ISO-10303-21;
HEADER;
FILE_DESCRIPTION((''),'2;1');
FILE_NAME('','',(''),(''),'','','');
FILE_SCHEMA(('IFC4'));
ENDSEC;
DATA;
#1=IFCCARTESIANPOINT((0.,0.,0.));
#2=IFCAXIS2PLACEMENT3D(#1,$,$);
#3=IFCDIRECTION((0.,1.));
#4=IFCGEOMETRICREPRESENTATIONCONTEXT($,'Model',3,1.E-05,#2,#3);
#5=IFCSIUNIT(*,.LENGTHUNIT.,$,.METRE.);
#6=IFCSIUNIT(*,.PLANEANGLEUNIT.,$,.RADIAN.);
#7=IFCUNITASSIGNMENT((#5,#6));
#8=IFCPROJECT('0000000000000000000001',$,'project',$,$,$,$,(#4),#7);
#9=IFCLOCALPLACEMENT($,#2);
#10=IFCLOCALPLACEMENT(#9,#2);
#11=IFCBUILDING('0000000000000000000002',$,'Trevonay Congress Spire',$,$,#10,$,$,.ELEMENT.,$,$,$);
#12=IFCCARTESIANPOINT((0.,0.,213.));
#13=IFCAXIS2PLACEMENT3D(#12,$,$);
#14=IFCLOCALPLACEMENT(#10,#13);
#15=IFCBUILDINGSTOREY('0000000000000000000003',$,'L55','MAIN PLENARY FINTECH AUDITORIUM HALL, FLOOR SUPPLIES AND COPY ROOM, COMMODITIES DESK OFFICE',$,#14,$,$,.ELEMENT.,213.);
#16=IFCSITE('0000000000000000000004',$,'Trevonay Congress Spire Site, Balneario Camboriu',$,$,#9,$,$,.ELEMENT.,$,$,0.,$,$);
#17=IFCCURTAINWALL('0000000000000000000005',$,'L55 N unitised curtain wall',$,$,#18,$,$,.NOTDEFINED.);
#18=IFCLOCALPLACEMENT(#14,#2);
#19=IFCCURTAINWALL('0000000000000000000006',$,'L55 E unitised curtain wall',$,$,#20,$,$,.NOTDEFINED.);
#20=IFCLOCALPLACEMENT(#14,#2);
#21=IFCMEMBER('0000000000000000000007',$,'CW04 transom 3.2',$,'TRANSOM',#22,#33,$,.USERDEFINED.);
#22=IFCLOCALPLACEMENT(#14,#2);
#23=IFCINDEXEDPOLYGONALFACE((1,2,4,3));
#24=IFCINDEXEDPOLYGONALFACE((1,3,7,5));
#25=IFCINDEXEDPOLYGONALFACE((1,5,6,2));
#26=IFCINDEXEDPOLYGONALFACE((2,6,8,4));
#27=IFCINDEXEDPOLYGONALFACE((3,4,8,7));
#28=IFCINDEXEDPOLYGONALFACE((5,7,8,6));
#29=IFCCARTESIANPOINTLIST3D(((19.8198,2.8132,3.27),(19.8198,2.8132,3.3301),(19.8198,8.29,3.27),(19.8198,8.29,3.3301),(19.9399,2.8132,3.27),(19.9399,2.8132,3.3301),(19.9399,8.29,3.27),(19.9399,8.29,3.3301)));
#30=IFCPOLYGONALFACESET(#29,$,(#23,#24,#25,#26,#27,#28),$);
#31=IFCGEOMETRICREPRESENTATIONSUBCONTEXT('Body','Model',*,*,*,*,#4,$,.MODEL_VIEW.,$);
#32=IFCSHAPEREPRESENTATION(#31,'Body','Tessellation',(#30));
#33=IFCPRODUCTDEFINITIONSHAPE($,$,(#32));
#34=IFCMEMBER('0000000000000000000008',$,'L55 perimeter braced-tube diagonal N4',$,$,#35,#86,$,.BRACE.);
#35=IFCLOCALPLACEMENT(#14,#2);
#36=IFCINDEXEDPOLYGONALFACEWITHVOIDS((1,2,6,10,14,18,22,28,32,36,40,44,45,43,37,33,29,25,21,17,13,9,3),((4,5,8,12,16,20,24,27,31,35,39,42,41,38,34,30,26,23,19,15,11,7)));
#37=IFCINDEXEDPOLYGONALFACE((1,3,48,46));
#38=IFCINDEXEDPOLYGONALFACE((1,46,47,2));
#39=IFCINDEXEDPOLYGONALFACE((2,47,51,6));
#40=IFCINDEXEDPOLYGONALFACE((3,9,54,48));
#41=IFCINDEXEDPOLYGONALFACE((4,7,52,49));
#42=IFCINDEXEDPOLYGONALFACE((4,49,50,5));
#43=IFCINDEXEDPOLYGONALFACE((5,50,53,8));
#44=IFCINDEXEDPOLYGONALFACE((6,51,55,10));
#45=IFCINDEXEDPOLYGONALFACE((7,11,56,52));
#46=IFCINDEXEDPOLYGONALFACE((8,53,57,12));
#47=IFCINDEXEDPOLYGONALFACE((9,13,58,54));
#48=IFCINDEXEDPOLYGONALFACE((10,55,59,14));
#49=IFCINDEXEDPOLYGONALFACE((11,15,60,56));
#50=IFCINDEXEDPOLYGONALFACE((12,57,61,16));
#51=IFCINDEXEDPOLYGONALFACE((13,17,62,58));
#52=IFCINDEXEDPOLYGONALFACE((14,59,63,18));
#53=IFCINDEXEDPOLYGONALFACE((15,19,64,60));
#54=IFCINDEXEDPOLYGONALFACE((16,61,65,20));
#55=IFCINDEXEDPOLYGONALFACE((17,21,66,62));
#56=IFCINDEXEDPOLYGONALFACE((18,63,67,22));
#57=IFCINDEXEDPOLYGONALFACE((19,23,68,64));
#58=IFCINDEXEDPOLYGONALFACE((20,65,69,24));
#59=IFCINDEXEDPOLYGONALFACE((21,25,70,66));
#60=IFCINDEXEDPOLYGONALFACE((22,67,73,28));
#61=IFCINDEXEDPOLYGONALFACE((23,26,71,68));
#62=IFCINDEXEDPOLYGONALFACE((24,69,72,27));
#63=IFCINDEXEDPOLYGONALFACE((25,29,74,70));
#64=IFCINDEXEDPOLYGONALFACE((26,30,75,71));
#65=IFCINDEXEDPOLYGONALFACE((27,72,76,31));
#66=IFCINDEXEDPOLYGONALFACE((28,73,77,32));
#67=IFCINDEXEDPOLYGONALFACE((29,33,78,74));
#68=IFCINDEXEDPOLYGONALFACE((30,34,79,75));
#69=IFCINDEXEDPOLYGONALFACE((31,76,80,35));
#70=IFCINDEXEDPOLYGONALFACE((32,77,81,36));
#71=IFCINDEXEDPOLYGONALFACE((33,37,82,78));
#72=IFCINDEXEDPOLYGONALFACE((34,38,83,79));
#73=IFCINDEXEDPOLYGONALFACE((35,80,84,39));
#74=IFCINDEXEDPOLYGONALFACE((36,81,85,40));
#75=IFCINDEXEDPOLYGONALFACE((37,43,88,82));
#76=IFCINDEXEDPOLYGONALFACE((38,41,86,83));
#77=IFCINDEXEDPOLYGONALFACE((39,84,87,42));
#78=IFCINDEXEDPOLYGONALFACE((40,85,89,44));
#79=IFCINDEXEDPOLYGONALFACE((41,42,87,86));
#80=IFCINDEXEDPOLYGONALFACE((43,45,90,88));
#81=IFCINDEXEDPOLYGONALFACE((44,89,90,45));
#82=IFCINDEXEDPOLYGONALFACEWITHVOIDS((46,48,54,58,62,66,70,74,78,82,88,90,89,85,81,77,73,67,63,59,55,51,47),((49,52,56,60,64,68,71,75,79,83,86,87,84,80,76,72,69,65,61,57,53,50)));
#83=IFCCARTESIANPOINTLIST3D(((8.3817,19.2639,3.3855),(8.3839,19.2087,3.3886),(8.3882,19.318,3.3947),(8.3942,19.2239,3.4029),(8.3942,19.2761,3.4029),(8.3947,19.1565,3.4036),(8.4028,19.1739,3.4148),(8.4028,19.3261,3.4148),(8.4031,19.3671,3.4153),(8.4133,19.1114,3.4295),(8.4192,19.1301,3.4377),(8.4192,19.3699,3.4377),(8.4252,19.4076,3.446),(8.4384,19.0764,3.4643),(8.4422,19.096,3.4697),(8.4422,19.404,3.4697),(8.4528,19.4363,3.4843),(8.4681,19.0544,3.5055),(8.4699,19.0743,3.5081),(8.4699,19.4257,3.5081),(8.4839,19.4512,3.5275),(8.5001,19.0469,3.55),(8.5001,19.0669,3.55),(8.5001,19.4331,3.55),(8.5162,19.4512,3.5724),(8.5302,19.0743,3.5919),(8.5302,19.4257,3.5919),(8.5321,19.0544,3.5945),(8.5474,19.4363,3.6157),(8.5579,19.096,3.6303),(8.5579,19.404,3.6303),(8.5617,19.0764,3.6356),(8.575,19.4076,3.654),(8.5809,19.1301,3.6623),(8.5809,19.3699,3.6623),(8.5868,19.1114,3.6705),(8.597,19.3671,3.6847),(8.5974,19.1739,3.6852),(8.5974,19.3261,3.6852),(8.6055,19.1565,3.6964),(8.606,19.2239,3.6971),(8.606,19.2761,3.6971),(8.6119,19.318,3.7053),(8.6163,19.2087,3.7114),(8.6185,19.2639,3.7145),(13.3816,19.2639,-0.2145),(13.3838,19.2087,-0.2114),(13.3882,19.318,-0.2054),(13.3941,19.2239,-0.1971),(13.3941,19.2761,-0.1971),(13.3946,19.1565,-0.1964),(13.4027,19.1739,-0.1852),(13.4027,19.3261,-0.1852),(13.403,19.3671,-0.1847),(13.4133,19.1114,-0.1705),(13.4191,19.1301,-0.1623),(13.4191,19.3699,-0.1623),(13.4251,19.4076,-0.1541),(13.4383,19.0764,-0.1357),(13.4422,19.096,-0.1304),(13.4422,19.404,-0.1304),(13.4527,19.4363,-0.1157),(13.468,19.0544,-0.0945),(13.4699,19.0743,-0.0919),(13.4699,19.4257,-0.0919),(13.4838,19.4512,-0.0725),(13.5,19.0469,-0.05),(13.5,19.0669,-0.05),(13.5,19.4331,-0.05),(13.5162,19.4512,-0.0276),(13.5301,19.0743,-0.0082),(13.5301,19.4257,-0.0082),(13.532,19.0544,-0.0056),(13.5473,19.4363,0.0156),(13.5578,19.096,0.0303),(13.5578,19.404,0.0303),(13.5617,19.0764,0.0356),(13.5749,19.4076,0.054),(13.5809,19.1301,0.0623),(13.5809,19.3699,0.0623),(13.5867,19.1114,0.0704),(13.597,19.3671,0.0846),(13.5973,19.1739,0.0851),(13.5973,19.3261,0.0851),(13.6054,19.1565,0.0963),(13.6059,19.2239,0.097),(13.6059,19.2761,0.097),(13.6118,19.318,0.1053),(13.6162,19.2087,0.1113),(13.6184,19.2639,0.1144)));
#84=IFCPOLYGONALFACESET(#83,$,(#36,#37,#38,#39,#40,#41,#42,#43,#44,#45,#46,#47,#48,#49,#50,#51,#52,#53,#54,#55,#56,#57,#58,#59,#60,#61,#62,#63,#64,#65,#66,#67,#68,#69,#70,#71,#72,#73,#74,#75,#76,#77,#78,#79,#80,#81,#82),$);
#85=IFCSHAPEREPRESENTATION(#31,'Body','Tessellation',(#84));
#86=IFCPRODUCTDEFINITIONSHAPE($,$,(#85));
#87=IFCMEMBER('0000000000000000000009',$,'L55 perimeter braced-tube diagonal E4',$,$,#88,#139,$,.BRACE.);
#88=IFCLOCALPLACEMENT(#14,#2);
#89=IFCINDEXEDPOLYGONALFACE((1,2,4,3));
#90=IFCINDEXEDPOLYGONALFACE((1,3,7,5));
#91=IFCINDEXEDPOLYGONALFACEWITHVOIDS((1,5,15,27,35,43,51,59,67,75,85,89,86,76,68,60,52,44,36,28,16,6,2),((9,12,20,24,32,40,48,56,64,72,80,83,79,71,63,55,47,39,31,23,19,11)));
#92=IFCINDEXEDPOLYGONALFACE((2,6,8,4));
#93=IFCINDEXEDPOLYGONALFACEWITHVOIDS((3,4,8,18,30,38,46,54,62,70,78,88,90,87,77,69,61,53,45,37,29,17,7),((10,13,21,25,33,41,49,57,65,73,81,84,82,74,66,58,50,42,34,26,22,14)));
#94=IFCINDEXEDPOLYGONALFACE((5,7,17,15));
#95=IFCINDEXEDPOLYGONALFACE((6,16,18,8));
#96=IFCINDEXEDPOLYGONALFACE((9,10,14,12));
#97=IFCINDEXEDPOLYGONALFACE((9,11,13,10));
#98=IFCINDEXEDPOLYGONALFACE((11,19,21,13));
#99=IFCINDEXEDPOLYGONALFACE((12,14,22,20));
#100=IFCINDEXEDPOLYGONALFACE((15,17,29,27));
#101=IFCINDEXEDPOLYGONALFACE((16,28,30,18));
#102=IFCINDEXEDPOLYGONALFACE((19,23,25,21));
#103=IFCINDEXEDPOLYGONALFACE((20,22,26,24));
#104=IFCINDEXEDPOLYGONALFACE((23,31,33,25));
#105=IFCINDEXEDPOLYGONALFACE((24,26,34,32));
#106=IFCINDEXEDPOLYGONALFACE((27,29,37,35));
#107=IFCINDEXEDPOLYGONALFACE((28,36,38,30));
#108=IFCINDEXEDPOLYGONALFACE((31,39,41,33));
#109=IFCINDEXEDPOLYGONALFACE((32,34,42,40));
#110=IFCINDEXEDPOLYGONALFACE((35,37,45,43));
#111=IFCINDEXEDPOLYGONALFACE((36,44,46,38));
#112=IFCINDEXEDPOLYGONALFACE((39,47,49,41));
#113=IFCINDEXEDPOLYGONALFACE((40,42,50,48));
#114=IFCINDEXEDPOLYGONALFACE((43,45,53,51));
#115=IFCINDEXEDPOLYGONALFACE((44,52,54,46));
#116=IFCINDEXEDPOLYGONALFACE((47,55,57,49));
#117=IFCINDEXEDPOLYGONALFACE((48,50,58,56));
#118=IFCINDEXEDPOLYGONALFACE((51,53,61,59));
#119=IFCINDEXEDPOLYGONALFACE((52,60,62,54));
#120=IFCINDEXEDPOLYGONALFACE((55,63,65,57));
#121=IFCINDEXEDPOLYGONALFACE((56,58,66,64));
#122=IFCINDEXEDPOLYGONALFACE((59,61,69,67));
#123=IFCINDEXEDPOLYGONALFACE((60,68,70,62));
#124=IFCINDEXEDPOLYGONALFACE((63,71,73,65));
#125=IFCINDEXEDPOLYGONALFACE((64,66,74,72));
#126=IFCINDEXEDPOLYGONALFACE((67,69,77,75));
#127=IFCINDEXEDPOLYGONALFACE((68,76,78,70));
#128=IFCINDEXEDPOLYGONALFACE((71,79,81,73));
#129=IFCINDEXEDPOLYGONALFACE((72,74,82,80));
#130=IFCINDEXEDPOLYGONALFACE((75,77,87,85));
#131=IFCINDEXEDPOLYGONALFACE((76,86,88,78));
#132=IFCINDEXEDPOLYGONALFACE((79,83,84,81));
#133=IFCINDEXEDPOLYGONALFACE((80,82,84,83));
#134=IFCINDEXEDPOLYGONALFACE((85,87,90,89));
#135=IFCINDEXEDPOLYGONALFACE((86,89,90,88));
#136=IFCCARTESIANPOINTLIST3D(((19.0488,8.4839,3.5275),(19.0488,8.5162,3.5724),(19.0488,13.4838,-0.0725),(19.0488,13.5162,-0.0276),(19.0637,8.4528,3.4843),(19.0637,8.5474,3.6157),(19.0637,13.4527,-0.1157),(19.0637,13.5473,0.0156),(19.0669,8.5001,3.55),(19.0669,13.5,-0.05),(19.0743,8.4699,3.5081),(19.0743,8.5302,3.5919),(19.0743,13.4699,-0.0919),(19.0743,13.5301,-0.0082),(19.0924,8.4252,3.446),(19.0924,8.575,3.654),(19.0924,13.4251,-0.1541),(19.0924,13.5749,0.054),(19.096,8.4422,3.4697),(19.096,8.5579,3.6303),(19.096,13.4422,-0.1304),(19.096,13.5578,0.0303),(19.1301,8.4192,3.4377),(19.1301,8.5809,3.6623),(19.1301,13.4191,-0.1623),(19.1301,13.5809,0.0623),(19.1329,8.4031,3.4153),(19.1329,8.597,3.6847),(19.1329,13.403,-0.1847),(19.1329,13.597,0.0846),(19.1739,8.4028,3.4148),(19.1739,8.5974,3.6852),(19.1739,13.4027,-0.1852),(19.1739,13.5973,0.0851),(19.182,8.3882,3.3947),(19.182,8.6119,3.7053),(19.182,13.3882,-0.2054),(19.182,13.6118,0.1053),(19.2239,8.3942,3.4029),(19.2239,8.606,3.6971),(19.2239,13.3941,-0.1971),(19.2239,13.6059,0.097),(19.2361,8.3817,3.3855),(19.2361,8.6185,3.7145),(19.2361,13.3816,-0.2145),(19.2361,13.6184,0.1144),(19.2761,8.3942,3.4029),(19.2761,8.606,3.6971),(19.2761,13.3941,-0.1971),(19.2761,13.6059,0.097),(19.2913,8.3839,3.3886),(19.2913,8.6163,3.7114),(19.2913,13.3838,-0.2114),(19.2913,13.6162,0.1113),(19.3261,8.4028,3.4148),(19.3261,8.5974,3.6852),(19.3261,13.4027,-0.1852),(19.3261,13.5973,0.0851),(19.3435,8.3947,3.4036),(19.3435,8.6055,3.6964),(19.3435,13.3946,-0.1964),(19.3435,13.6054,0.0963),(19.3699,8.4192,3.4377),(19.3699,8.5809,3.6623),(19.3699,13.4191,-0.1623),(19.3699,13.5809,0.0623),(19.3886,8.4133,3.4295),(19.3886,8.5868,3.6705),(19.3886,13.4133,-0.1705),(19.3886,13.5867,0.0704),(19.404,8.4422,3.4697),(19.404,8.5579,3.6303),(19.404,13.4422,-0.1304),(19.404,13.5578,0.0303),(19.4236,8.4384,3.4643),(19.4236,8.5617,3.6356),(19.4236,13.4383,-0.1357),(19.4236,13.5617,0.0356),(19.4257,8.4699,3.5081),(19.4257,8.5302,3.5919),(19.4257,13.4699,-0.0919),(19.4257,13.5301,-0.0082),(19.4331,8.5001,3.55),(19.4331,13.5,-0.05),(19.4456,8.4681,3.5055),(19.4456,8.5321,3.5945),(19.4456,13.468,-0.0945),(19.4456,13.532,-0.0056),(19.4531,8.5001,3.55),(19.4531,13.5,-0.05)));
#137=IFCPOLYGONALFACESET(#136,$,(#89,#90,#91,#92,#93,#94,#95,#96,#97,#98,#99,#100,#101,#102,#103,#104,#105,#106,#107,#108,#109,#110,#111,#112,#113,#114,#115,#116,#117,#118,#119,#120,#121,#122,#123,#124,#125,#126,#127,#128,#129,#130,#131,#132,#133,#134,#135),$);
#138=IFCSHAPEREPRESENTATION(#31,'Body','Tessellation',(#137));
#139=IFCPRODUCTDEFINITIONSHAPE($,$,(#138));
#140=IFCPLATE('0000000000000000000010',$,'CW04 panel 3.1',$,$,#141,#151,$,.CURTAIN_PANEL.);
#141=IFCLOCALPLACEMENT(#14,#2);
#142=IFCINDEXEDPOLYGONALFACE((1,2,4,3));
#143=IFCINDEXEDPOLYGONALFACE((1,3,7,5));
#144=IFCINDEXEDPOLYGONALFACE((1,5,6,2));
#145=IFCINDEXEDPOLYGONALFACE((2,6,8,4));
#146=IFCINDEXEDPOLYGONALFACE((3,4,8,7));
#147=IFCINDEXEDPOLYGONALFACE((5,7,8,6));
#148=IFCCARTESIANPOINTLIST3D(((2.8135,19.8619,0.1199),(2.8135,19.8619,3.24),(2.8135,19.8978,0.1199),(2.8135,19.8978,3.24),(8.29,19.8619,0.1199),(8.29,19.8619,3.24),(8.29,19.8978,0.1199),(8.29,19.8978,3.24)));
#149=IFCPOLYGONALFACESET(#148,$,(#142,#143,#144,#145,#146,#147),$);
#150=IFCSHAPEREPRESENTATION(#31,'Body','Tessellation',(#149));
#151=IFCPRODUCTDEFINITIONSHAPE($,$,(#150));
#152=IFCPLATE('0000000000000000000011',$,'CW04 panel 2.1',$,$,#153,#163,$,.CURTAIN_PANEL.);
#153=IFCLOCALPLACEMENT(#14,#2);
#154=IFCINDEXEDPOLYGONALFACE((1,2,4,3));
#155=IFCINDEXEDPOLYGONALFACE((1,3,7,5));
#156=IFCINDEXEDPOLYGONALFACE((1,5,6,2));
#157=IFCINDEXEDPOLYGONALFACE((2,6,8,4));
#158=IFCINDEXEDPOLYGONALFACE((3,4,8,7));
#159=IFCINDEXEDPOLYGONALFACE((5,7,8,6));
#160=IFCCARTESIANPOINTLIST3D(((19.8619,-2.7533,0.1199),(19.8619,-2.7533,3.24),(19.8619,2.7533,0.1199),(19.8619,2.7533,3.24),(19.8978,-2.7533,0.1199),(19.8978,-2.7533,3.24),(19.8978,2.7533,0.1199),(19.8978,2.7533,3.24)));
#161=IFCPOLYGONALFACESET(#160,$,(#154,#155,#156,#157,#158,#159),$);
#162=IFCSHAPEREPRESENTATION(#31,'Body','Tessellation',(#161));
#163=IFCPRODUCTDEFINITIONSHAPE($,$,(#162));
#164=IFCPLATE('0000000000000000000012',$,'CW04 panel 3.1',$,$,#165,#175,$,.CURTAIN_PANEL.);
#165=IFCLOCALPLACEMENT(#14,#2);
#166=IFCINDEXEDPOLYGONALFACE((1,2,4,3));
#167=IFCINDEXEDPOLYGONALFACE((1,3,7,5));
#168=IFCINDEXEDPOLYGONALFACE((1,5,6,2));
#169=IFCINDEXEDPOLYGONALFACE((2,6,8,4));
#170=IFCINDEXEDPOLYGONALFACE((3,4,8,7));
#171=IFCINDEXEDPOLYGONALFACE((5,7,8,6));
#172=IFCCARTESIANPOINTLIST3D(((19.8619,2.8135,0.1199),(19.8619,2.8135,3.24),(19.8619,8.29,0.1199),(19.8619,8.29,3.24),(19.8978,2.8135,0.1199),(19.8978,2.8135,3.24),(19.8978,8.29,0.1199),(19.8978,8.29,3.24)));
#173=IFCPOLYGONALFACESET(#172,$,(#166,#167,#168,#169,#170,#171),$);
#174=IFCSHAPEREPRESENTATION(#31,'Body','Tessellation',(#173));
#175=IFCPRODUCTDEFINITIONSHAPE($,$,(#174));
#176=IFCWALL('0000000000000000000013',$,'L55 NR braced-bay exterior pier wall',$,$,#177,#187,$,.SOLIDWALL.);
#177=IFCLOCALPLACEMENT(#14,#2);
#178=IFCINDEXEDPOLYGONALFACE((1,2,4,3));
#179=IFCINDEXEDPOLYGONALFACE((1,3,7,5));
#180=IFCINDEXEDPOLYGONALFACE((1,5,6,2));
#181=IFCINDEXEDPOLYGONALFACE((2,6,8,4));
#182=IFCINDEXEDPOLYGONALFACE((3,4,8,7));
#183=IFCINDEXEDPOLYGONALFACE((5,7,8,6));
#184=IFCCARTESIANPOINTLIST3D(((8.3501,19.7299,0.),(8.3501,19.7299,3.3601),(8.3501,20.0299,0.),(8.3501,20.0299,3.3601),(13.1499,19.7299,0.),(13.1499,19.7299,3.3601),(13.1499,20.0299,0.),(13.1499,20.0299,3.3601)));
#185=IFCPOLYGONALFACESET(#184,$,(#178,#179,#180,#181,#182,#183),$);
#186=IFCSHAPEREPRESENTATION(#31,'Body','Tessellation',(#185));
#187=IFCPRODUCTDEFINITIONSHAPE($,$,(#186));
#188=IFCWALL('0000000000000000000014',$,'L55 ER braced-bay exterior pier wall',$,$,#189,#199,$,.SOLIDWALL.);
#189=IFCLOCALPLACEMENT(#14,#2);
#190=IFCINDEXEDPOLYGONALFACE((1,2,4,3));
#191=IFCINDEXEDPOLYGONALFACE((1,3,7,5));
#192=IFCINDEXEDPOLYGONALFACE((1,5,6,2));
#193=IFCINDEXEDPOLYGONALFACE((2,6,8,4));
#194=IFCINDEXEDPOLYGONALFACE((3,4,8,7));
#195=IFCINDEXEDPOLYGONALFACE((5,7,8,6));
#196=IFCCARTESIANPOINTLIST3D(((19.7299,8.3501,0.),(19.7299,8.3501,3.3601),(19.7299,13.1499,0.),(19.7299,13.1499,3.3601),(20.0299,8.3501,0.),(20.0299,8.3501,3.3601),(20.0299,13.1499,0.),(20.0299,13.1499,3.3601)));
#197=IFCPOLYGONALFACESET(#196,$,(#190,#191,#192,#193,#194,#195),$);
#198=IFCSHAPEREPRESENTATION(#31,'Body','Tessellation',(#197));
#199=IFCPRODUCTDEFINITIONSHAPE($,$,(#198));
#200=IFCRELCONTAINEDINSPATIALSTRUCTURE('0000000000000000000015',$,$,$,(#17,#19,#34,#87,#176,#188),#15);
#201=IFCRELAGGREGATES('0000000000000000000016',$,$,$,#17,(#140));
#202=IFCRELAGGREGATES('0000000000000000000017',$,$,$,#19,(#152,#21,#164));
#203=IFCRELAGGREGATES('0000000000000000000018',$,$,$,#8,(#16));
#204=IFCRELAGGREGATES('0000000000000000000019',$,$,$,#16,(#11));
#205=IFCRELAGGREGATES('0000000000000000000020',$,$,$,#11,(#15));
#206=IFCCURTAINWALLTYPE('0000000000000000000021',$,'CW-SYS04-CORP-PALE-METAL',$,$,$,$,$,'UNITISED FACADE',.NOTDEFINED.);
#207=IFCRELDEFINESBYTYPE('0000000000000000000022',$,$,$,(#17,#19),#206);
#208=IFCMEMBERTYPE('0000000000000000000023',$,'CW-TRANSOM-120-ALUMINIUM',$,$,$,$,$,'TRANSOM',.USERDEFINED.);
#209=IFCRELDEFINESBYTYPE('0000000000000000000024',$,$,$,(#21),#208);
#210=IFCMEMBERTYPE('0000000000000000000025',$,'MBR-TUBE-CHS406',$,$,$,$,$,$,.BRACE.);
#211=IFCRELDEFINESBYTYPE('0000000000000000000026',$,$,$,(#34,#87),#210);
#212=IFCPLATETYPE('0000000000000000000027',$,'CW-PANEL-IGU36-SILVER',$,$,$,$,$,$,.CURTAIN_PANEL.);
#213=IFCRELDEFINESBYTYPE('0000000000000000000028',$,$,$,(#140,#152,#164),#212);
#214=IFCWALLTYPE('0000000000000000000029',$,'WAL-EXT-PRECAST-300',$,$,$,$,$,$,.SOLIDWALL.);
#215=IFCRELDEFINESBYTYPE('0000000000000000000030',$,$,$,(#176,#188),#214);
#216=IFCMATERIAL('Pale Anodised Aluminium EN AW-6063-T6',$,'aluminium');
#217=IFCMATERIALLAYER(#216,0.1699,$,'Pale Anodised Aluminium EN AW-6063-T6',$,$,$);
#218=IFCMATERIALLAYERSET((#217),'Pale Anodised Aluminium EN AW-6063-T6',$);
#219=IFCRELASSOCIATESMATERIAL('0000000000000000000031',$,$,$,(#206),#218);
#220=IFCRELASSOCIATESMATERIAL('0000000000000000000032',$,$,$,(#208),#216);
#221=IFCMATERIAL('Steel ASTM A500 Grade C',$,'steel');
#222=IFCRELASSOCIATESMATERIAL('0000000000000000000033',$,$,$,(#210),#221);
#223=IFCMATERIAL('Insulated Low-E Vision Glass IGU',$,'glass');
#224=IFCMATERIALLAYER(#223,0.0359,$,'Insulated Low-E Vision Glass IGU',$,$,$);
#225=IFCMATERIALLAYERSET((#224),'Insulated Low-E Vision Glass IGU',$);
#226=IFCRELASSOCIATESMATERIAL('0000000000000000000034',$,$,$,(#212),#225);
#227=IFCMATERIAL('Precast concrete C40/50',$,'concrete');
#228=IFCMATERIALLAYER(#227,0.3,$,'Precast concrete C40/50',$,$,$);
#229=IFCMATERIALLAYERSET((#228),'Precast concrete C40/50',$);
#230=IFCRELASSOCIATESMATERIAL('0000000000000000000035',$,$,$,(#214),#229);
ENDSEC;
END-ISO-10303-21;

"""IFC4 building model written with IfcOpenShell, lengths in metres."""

from ifc_helpers import new_model, si_unit, direction, frame, frame_2d, origin, origin_2d, place, context, subcontext, project, spatial, rectangle, hollow_circle, extrude, material, layer, layer_set, material_profile, profile_set, type_object, element, aggregate, save


model = new_model("IFC4")

# Units and contexts
model_context = context("Model", 3, precision=1e-05, world=origin(), true_north=direction((0.0, 1.0)))
body_context = subcontext(model_context, "Body", "Model", "MODEL_VIEW")
ifc_project = project(units=[si_unit("LENGTHUNIT", "METRE"), si_unit("PLANEANGLEUNIT", "RADIAN")], contexts=[model_context])

# Site, building, storey
site_placement = place(None, origin())
site = spatial("IfcSite", under=ifc_project, at=site_placement, Name="Trevonay Congress Spire Site, Balneario Camboriu", CompositionType="ELEMENT", RefElevation=0.0)
building_placement = place(site_placement, origin())
building = spatial("IfcBuilding", under=site, at=building_placement, Name="Trevonay Congress Spire", CompositionType="ELEMENT")
storey_placement = place(building_placement, frame((0.0, 0.0, 213.0)))
storey = spatial("IfcBuildingStorey", under=building, at=storey_placement, Name="L55", Description="MAIN PLENARY FINTECH AUDITORIUM HALL, FLOOR SUPPLIES AND COPY ROOM, COMMODITIES DESK OFFICE", CompositionType="ELEMENT", Elevation=213.0)

# Curtain wall
ifc_material_1 = material(Name="Pale Anodised Aluminium EN AW-6063-T6", Category="aluminium")
ifc_layer_1 = layer(ifc_material_1, 0.1699, Name="Pale Anodised Aluminium EN AW-6063-T6")
ifc_layer_set_1 = layer_set([ifc_layer_1], Name="Pale Anodised Aluminium EN AW-6063-T6")
curtain_wall_type = type_object("IfcCurtainWallType", Name="CW-SYS04-CORP-PALE-METAL", ElementType="UNITISED FACADE", PredefinedType="NOTDEFINED", material=ifc_layer_set_1)
curtain_wall_1_placement = place(storey_placement, origin())
curtain_wall_1 = element("IfcCurtainWall", 1, at=curtain_wall_1_placement, inside=storey, type_object=curtain_wall_type, Name="L55 N unitised curtain wall", PredefinedType="NOTDEFINED")

# Curtain wall, member
curtain_wall_2_placement = place(storey_placement, origin())
curtain_wall_2 = element("IfcCurtainWall", 2, at=curtain_wall_2_placement, inside=storey, type_object=curtain_wall_type, Name="L55 E unitised curtain wall", PredefinedType="NOTDEFINED")
ifc_material_profile_1 = material_profile(ifc_material_1, rectangle(XDim=0.1201, YDim=0.0601, at=origin_2d()), Name="CW-TRANSOM-120-ALUMINIUM")
ifc_profile_set_1 = profile_set([ifc_material_profile_1], Name="Pale Anodised Aluminium EN AW-6063-T6")
member_type_1 = type_object("IfcMemberType", Name="CW-TRANSOM-120-ALUMINIUM", ElementType="TRANSOM", PredefinedType="USERDEFINED", material=ifc_profile_set_1)
member_1_placement = place(storey_placement, frame((19.8799, 2.8132, 3.3), z_axis=(0.0, 1.0, 0.0), x_axis=(-1.0, 0.0, 0.0)))
member_1 = element("IfcMember", 3, at=member_1_placement, type_object=member_type_1, Name="CW04 transom 3.2", ObjectType="TRANSOM", PredefinedType="USERDEFINED", context=body_context, shape_type="SweptSolid", body=[
    extrude(rectangle(XDim=0.1201, YDim=0.0601, at=origin_2d()), origin(), (0.0, 0.0, 1.0), 5.4768),
])

# Members
ifc_material_2 = material(Name="Steel ASTM A500 Grade C", Category="steel")
ifc_material_profile_2 = material_profile(ifc_material_2, hollow_circle(Radius=0.2031, WallThickness=0.02, at=origin_2d()), Name="CHS 406.4x20")
ifc_profile_set_2 = profile_set([ifc_material_profile_2], Name="Steel ASTM A500 Grade C")
member_type_2 = type_object("IfcMemberType", Name="MBR-TUBE-CHS406", PredefinedType="BRACE", material=ifc_profile_set_2)
for number, where, z_axis, x_axis, name in (
    (4, (13.5, 19.25, -0.05), (-0.811527, 0.0, 0.584315), (0.0, -1.0, 0.0), "L55 perimeter braced-tube diagonal N4"),
    (5, (19.25, 13.5, -0.05), (0.0, -0.811527, 0.584315), (1.0, 0.0, 0.0), "L55 perimeter braced-tube diagonal E4"),
):
    element("IfcMember", number, at=place(storey_placement, frame(where, z_axis=z_axis, x_axis=x_axis)), inside=storey, type_object=member_type_2, Name=name, PredefinedType="BRACE", context=body_context, shape_type="SweptSolid", body=[
        extrude(hollow_circle(Radius=0.2031, WallThickness=0.02, at=origin_2d()), origin(), (0.0, 0.0, 1.0), 6.1611),
    ])

# Plates
ifc_material_3 = material(Name="Insulated Low-E Vision Glass IGU", Category="glass")
ifc_layer_2 = layer(ifc_material_3, 0.0359, Name="Insulated Low-E Vision Glass IGU")
ifc_layer_set_2 = layer_set([ifc_layer_2], Name="Insulated Low-E Vision Glass IGU")
plate_type = type_object("IfcPlateType", Name="CW-PANEL-IGU36-SILVER", PredefinedType="CURTAIN_PANEL", material=ifc_layer_set_2)
plate_1_placement = place(storey_placement, frame((5.5518, 19.8799, 0.1199), z_axis=(0.0, 0.0, 1.0), x_axis=(1.0, 0.0, 0.0)))
plate_1 = element("IfcPlate", 6, at=plate_1_placement, type_object=plate_type, Name="CW04 panel 3.1", PredefinedType="CURTAIN_PANEL", context=body_context, shape_type="SweptSolid", body=[
    extrude(rectangle(XDim=5.4766, YDim=0.0359, at=origin_2d()), origin(), (0.0, 0.0, 1.0), 3.1201),
])
aggregate(curtain_wall_1, [plate_1])
plate_2_placement = place(storey_placement, frame((19.8799, 0.0, 0.1199), z_axis=(0.0, 0.0, 1.0), x_axis=(0.0, 1.0, 0.0)))
plate_2 = element("IfcPlate", 7, at=plate_2_placement, type_object=plate_type, Name="CW04 panel 2.1", PredefinedType="CURTAIN_PANEL", context=body_context, shape_type="SweptSolid", body=[
    extrude(rectangle(XDim=5.5066, YDim=0.0359, at=origin_2d()), origin(), (0.0, 0.0, 1.0), 3.1201),
])
plate_3_placement = place(storey_placement, frame((19.8799, 5.5518, 0.1199), z_axis=(0.0, 0.0, 1.0), x_axis=(0.0, 1.0, 0.0)))
plate_3 = element("IfcPlate", 8, at=plate_3_placement, type_object=plate_type, Name="CW04 panel 3.1", PredefinedType="CURTAIN_PANEL", context=body_context, shape_type="SweptSolid", body=[
    extrude(rectangle(XDim=5.4766, YDim=0.0359, at=origin_2d()), origin(), (0.0, 0.0, 1.0), 3.1201),
])
aggregate(curtain_wall_2, [plate_2, member_1, plate_3])

# Walls
ifc_material_4 = material(Name="Precast concrete C40/50", Category="concrete")
ifc_layer_3 = layer(ifc_material_4, 0.3, Name="Precast concrete C40/50")
ifc_layer_set_3 = layer_set([ifc_layer_3], Name="Precast concrete C40/50")
wall_type_1 = type_object("IfcWallType", Name="WAL-EXT-PRECAST-300", PredefinedType="SOLIDWALL", material=ifc_layer_set_3)
for number, where, z_axis, x_axis, name in (
    (9, (8.3501, 19.8799, 0.0), (0.0, 0.0, 1.0), (1.0, 0.0, 0.0), "L55 NR braced-bay exterior pier wall"),
    (10, (19.8799, 8.3501, 0.0), (0.0, 0.0, 1.0), (0.0, 1.0, 0.0), "L55 ER braced-bay exterior pier wall"),
):
    element("IfcWall", number, at=place(storey_placement, frame(where, z_axis=z_axis, x_axis=x_axis)), inside=storey, type_object=wall_type_1, Name=name, PredefinedType="SOLIDWALL", context=body_context, shape_type="SweptSolid", body=[
        extrude(rectangle(XDim=4.7998, YDim=0.3, at=frame_2d((2.3999, 0.0))), origin(), (0.0, 0.0, 1.0), 3.3601),
    ])

save(model, "model.ifc")
